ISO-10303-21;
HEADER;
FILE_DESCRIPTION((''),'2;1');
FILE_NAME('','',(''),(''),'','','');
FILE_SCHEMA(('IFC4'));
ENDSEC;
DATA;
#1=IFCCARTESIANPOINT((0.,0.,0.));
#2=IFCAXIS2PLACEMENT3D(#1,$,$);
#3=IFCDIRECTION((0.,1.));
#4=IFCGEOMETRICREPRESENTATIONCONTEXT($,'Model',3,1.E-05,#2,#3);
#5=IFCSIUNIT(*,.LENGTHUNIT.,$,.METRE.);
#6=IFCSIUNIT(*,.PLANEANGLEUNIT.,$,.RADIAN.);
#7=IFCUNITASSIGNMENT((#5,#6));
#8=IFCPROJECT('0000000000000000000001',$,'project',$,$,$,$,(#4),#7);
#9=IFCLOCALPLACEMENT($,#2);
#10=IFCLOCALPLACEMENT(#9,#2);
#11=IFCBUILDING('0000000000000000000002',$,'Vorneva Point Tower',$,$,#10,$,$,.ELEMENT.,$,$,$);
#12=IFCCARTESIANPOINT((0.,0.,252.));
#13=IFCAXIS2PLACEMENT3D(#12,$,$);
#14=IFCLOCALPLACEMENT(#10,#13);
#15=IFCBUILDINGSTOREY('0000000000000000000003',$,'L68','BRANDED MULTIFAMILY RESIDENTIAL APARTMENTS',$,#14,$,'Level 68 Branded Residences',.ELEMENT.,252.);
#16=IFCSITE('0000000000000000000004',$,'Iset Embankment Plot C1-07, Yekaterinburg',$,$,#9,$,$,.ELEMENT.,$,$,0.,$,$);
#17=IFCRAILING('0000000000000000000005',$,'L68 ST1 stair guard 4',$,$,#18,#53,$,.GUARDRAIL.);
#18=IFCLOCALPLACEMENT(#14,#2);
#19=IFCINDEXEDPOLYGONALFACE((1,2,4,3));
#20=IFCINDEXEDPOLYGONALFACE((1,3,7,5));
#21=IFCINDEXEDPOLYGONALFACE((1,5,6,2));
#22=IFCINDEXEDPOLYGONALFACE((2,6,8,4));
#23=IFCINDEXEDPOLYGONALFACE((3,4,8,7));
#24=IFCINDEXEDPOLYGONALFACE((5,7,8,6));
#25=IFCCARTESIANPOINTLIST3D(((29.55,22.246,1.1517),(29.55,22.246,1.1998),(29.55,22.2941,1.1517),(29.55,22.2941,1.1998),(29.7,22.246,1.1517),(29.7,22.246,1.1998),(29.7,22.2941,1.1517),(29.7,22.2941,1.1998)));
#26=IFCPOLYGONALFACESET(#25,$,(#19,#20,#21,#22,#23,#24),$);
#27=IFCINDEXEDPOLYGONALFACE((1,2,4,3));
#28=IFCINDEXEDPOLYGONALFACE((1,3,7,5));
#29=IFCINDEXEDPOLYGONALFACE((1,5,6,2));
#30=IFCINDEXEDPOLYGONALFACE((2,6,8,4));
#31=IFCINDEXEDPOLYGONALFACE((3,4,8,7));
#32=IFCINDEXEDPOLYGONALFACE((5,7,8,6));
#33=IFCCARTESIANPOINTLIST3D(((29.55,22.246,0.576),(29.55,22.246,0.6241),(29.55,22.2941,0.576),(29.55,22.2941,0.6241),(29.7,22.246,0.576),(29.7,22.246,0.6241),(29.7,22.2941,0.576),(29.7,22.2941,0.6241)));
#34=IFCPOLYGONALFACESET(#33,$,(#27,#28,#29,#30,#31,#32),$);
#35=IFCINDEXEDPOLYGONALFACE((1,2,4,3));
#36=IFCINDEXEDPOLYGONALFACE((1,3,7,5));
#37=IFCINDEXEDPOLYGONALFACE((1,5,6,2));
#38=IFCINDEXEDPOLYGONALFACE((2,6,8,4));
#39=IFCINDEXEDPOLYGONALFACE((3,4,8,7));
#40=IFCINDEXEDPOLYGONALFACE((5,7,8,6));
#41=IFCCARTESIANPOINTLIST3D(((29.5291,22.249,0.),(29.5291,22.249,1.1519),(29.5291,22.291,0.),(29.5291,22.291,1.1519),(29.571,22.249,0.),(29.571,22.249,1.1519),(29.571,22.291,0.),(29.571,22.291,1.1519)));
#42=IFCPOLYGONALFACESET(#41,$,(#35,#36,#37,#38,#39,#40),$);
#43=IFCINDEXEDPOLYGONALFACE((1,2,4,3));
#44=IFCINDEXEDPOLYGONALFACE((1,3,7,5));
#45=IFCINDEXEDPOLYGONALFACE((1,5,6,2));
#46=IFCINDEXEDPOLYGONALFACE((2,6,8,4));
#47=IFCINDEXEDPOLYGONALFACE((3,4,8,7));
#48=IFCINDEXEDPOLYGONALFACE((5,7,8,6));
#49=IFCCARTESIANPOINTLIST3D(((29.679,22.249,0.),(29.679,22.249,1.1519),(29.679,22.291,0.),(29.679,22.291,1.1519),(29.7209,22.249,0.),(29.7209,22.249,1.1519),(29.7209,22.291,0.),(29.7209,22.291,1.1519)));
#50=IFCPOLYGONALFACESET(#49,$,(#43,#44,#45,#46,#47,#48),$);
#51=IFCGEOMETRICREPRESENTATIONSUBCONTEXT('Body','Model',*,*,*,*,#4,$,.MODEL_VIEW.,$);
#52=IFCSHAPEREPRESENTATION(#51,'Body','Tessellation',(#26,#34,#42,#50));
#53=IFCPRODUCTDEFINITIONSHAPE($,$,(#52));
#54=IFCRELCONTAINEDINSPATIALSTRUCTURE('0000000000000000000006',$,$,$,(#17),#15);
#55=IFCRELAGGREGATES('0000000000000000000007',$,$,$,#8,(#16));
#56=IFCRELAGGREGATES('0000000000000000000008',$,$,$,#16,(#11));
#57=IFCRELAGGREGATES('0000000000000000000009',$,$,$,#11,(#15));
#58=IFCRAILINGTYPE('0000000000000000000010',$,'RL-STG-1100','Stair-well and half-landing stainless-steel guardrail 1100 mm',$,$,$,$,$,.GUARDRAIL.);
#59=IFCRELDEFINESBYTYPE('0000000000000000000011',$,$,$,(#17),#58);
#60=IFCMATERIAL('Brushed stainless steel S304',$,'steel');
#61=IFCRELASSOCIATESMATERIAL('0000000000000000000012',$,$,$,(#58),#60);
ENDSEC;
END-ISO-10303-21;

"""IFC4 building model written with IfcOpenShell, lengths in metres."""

from ifc_helpers import new_model, si_unit, direction, frame, origin, origin_2d, place, context, subcontext, project, spatial, rectangle, extrude, material, type_object, element, save


model = new_model("IFC4")

# Units and contexts
model_context = context("Model", 3, precision=1e-05, world=origin(), true_north=direction((0.0, 1.0)))
body_context = subcontext(model_context, "Body", "Model", "MODEL_VIEW")
ifc_project = project(units=[si_unit("LENGTHUNIT", "METRE"), si_unit("PLANEANGLEUNIT", "RADIAN")], contexts=[model_context])

# Site, building, storey
site_placement = place(None, origin())
site = spatial("IfcSite", under=ifc_project, at=site_placement, Name="Iset Embankment Plot C1-07, Yekaterinburg", CompositionType="ELEMENT", RefElevation=0.0)
building_placement = place(site_placement, origin())
building = spatial("IfcBuilding", under=site, at=building_placement, Name="Vorneva Point Tower", CompositionType="ELEMENT")
storey_placement = place(building_placement, frame((0.0, 0.0, 252.0)))
storey = spatial("IfcBuildingStorey", under=building, at=storey_placement, Name="L68", Description="BRANDED MULTIFAMILY RESIDENTIAL APARTMENTS", LongName="Level 68 Branded Residences", CompositionType="ELEMENT", Elevation=252.0)

# Railing
ifc_material_1 = material(Name="Brushed stainless steel S304", Category="steel")
railing_type_1 = type_object("IfcRailingType", Name="RL-STG-1100", Description="Stair-well and half-landing stainless-steel guardrail 1100 mm", PredefinedType="GUARDRAIL", material=ifc_material_1)
railing_1_placement = place(storey_placement, frame((29.55, 22.27, 0.0)))
element("IfcRailing", 1, at=railing_1_placement, inside=storey, type_object=railing_type_1, Name="L68 ST1 stair guard 4", PredefinedType="GUARDRAIL", context=body_context, shape_type="SweptSolid", body=[
    extrude(rectangle(XDim=0.0481, YDim=0.0481, at=origin_2d()), frame((0.0, 0.0, 1.1758), z_axis=(1.0, 0.0, 0.0), x_axis=(0.0, 1.0, 0.0)), (0.0, 0.0, 1.0), 0.1499),
    extrude(rectangle(XDim=0.0481, YDim=0.0481, at=origin_2d()), frame((0.0, 0.0, 0.6001), z_axis=(1.0, 0.0, 0.0), x_axis=(0.0, 1.0, 0.0)), (0.0, 0.0, 1.0), 0.1499),
    extrude(rectangle(XDim=0.042, YDim=0.042, at=origin_2d()), origin(), (0.0, 0.0, 1.0), 1.1519),
    extrude(rectangle(XDim=0.042, YDim=0.042, at=origin_2d()), frame((0.1499, 0.0, 0.0)), (0.0, 0.0, 1.0), 1.1519),
])

save(model, "model.ifc")
